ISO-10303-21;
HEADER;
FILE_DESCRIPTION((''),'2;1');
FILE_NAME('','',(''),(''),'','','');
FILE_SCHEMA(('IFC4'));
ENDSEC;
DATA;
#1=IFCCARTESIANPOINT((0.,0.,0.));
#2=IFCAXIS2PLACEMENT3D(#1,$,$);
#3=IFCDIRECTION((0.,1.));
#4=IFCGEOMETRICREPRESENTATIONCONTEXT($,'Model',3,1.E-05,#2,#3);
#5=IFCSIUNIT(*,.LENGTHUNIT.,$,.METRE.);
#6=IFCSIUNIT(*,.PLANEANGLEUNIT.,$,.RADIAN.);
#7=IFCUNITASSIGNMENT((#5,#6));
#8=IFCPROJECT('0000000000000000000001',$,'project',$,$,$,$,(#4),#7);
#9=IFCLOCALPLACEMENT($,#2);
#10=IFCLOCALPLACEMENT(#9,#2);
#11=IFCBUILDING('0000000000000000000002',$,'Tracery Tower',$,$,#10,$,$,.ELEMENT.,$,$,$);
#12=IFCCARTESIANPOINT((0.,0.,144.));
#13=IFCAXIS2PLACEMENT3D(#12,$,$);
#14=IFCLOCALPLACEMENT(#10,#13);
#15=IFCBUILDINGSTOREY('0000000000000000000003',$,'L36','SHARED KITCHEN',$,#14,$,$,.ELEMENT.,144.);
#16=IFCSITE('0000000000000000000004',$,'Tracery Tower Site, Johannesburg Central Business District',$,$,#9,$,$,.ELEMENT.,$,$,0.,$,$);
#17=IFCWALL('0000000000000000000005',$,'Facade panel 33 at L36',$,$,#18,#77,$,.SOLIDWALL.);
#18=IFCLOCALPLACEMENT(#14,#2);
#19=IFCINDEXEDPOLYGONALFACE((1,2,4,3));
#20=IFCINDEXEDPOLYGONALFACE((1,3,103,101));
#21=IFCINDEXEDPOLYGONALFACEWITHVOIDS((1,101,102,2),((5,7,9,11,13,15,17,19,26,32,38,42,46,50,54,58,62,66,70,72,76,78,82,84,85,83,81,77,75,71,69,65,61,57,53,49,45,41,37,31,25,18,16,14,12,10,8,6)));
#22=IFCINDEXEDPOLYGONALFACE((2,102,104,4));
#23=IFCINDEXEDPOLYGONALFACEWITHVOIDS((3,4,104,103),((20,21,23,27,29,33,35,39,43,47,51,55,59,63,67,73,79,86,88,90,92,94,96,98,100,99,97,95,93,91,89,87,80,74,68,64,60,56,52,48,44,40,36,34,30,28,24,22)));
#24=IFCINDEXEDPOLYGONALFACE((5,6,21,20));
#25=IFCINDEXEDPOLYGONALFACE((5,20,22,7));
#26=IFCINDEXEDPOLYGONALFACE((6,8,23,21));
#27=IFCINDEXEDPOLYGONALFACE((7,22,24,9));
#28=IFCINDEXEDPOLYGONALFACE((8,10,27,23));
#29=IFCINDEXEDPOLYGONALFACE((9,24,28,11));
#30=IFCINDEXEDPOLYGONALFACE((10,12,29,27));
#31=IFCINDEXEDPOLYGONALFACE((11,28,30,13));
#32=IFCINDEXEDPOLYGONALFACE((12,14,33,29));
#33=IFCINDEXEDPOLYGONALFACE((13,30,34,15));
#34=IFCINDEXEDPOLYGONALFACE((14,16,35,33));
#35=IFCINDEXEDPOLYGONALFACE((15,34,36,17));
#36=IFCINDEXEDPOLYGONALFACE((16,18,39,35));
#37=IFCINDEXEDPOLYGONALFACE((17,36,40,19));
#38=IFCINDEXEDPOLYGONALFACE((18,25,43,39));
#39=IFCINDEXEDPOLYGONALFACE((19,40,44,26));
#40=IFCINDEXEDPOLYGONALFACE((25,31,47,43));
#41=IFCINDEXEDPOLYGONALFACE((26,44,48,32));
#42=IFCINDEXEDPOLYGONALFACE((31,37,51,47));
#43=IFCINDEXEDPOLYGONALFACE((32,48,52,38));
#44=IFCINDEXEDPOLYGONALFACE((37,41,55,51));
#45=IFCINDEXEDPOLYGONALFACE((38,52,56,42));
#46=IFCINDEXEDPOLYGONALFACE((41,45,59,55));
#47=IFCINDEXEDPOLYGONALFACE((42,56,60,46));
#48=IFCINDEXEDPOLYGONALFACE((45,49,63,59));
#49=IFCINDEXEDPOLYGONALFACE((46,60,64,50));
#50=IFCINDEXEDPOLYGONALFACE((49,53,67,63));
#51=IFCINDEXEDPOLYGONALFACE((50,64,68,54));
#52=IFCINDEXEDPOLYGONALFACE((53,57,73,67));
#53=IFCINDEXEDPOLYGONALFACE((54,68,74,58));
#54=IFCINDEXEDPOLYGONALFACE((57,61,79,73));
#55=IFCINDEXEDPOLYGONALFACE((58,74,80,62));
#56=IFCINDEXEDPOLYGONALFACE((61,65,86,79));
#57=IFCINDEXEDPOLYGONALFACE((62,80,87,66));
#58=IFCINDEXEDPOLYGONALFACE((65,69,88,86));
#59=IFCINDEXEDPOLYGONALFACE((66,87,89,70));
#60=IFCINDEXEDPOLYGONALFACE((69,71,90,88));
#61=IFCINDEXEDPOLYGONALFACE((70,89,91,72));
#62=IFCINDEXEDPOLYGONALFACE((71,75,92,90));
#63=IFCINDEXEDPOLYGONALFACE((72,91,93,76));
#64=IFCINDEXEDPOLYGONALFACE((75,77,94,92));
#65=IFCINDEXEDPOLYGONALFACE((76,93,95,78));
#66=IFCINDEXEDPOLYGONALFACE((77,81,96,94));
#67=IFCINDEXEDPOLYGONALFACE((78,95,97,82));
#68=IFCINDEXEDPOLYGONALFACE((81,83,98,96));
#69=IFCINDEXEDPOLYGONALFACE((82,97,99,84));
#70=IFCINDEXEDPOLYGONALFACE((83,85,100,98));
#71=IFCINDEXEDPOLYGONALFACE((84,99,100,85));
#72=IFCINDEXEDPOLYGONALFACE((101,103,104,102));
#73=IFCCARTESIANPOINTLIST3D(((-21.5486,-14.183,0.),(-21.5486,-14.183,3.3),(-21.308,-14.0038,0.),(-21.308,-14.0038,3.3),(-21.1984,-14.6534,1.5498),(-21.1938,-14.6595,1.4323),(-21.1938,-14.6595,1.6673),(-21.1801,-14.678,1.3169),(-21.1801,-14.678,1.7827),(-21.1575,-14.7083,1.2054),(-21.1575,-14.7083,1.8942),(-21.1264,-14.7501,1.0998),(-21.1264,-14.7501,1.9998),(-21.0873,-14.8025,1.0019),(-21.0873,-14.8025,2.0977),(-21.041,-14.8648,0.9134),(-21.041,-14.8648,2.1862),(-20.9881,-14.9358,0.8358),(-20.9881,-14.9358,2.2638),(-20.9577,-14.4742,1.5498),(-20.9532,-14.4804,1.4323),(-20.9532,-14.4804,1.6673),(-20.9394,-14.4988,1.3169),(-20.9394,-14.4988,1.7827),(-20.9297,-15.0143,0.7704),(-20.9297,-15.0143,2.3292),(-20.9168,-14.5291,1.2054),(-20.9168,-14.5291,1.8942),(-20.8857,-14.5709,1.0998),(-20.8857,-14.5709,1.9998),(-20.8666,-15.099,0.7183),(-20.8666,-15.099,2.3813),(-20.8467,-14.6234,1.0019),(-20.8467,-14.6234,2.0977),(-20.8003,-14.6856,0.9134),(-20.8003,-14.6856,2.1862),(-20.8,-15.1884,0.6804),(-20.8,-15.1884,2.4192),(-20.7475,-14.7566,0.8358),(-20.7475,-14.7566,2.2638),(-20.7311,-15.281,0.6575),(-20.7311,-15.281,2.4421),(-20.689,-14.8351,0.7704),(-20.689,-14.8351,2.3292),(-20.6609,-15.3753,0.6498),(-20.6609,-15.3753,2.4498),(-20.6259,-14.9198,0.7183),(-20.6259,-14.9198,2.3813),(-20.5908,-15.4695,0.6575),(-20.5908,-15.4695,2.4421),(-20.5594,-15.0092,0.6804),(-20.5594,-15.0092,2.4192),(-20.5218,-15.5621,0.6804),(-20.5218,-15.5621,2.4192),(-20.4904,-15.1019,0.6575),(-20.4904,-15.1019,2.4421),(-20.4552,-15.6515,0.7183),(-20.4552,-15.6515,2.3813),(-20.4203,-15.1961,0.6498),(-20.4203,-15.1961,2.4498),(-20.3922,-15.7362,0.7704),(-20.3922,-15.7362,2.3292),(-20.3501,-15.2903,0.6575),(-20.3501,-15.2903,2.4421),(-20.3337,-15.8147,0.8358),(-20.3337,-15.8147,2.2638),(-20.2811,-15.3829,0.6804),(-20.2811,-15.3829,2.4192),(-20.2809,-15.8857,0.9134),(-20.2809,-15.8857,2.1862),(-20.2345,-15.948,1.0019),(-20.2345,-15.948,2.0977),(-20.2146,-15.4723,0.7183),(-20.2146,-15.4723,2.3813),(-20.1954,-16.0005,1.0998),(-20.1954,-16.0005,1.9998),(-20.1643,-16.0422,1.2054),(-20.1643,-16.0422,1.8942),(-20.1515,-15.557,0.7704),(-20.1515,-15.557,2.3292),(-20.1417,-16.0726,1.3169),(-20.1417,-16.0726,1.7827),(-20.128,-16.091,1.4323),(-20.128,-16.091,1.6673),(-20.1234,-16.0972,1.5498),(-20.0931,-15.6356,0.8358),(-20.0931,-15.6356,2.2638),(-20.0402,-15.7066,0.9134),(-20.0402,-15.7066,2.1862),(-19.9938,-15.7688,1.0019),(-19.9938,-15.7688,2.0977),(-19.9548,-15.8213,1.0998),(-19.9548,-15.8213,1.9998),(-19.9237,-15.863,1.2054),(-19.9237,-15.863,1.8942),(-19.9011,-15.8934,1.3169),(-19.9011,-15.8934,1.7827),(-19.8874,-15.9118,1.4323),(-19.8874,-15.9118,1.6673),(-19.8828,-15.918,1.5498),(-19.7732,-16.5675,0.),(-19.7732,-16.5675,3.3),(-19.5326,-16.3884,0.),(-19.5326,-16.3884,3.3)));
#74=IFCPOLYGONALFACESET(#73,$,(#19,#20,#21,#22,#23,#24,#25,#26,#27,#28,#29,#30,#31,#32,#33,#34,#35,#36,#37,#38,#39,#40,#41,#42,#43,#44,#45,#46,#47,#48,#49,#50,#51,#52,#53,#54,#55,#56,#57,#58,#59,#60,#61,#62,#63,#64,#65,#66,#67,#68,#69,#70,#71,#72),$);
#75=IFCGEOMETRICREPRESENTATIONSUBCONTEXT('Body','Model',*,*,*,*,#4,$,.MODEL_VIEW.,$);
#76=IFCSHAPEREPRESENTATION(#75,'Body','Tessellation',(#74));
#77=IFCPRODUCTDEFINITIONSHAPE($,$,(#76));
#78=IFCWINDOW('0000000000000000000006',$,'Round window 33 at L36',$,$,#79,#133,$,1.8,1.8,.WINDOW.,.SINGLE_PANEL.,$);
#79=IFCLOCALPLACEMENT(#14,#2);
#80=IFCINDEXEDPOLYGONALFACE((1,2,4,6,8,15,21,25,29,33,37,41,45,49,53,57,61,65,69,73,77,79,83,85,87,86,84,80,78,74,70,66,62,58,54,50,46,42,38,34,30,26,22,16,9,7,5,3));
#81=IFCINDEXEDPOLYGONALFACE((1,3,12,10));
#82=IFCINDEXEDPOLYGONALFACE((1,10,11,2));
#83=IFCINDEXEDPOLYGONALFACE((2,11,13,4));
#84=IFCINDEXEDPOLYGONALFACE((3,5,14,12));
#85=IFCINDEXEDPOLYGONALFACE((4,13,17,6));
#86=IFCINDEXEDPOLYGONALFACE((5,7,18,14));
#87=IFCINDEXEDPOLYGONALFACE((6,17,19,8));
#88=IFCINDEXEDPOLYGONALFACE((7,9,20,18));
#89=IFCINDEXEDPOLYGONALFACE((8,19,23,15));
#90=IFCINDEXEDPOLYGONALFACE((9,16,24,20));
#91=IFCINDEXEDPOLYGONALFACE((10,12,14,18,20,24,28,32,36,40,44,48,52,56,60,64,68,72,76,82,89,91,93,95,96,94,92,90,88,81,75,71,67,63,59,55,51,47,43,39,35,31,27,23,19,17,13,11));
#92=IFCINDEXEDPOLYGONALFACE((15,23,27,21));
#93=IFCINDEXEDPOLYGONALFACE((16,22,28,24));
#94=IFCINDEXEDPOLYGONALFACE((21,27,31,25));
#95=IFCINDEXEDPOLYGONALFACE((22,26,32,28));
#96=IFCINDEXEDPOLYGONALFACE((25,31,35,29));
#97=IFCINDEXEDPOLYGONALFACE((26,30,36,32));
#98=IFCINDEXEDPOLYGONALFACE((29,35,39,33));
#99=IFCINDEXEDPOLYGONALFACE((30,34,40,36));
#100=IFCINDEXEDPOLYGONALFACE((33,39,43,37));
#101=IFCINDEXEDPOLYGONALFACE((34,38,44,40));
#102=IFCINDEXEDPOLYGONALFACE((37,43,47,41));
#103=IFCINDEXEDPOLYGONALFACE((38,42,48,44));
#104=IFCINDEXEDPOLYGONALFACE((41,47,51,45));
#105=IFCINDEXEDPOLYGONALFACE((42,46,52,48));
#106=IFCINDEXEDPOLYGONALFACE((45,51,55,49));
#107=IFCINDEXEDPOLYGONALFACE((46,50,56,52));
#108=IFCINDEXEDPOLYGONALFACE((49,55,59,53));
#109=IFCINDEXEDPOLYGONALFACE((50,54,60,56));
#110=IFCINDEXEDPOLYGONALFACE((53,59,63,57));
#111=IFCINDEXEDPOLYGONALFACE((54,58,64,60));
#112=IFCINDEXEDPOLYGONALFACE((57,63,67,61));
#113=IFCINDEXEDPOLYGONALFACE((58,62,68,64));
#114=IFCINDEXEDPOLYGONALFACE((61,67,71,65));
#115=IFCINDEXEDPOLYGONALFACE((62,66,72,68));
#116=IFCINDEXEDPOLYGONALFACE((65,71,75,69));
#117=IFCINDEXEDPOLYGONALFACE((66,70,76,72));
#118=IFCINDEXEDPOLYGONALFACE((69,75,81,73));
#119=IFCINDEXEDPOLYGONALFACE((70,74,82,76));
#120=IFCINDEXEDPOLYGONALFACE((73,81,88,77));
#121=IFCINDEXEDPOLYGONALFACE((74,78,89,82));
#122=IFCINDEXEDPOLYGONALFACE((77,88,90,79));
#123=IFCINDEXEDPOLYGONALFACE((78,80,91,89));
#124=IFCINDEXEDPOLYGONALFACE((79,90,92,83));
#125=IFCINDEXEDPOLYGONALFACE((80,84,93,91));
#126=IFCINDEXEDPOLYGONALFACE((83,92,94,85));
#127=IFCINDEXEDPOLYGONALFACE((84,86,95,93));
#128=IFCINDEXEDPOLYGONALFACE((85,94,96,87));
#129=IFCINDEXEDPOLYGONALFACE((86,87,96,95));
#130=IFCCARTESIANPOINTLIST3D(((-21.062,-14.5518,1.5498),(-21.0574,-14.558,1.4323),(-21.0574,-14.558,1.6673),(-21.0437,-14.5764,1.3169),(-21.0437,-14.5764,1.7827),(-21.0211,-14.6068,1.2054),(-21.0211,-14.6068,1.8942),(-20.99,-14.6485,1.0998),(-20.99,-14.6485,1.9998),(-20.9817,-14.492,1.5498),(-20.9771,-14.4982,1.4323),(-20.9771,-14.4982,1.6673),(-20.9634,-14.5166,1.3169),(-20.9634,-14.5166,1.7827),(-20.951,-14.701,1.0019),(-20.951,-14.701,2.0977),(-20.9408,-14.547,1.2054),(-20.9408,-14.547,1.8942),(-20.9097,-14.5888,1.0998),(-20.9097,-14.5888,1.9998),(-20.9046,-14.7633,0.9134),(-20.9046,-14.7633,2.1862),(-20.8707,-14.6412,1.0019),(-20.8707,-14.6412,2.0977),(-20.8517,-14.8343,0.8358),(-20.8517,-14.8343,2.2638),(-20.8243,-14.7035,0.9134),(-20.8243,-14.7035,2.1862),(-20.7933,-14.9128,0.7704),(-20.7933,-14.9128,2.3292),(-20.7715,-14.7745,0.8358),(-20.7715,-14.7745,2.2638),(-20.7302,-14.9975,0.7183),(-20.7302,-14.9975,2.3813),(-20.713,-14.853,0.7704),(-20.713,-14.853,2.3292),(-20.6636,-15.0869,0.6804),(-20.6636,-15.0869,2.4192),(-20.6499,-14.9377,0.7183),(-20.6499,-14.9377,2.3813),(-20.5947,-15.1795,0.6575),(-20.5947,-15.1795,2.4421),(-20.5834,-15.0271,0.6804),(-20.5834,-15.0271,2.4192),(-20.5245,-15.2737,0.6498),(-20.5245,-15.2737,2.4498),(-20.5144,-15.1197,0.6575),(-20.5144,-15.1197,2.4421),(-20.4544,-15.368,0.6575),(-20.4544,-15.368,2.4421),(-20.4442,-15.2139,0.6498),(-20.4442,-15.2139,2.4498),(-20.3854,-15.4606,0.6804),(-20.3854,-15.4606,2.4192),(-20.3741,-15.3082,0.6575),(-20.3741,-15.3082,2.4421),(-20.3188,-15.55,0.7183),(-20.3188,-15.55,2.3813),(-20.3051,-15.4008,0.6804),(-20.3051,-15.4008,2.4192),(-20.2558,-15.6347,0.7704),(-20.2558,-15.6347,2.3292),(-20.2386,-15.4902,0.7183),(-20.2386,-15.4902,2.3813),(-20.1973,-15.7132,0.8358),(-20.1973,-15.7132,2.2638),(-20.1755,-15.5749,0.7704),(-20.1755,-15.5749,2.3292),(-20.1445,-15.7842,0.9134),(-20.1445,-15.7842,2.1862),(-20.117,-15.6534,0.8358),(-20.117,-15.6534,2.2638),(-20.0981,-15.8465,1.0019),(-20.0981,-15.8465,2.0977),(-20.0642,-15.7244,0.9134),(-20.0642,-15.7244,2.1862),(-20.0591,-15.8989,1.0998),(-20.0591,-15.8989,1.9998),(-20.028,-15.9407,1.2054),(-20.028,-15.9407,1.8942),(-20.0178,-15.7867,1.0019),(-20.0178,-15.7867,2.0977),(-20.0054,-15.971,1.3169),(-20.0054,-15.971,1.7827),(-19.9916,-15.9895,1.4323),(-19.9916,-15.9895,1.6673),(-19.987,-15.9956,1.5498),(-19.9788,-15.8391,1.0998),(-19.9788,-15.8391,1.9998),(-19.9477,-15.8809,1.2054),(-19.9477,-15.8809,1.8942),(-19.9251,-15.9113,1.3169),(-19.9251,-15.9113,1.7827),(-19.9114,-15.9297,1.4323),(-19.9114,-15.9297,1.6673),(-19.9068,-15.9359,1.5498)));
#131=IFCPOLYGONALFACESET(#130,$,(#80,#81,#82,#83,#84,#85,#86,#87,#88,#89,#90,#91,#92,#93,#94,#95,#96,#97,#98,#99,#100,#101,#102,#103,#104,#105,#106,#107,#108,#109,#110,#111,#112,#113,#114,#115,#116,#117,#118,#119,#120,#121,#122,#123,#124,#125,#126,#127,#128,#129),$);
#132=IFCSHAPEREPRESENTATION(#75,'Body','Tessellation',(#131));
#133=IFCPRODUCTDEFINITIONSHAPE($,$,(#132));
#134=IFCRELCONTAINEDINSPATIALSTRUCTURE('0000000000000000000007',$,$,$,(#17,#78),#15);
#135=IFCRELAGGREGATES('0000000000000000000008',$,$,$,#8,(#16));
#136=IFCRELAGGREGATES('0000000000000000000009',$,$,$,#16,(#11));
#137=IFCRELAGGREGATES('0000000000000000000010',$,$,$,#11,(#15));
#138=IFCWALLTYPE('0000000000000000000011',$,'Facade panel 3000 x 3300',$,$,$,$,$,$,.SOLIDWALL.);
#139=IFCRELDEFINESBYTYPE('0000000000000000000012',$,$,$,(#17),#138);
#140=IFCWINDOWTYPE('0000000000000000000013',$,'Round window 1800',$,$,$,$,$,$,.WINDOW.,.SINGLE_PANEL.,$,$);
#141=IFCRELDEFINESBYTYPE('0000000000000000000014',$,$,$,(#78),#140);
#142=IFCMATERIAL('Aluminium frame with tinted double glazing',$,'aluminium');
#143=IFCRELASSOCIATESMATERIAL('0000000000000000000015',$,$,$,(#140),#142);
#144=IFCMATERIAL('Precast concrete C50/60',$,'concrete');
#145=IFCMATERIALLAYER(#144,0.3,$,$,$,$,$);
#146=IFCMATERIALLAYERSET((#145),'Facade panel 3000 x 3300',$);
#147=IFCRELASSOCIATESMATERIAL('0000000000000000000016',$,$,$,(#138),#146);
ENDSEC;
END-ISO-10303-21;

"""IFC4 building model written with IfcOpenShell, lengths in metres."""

from ifc_helpers import new_model, si_unit, direction, frame, frame_2d, origin, origin_2d, place, context, subcontext, project, spatial, rectangle, circle, extrude, material, layer, layer_set, type_object, element, fill, save


model = new_model("IFC4")

# Units and contexts
model_context = context("Model", 3, precision=1e-05, world=origin(), true_north=direction((0.0, 1.0)))
body_context = subcontext(model_context, "Body", "Model", "MODEL_VIEW")
ifc_project = project(units=[si_unit("LENGTHUNIT", "METRE"), si_unit("PLANEANGLEUNIT", "RADIAN")], contexts=[model_context])

# Site, building, storey
site_placement = place(None, origin())
site = spatial("IfcSite", under=ifc_project, at=site_placement, Name="Tracery Tower Site, Johannesburg Central Business District", CompositionType="ELEMENT", RefElevation=0.0)
building_placement = place(site_placement, origin())
building = spatial("IfcBuilding", under=site, at=building_placement, Name="Tracery Tower", CompositionType="ELEMENT")
storey_placement = place(building_placement, frame((0.0, 0.0, 144.0)))
storey = spatial("IfcBuildingStorey", under=building, at=storey_placement, Name="L36", Description="SHARED KITCHEN", CompositionType="ELEMENT", Elevation=144.0)

# Wall, opening, window
ifc_material_1 = material(Name="Aluminium frame with tinted double glazing", Category="aluminium")
window_type = type_object("IfcWindowType", Name="Round window 1800", PartitioningType="SINGLE_PANEL", PredefinedType="WINDOW", material=ifc_material_1)
ifc_material_2 = material(Name="Precast concrete C50/60", Category="concrete")
ifc_layer_1 = layer(ifc_material_2, 0.3)
ifc_layer_set_1 = layer_set([ifc_layer_1], Name="Facade panel 3000 x 3300")
wall_type_1 = type_object("IfcWallType", Name="Facade panel 3000 x 3300", PredefinedType="SOLIDWALL", material=ifc_layer_set_1)
wall_1_placement = place(storey_placement, frame((-21.4282, -14.0935, 0.0), z_axis=(0.0, 0.0, 1.0), x_axis=(0.597198, -0.802094, 0.0)))
wall_1 = element("IfcWall", 1, at=wall_1_placement, inside=storey, type_object=wall_type_1, Name="Facade panel 33 at L36", PredefinedType="SOLIDWALL", context=body_context, shape_type="SweptSolid", body=[
    extrude(rectangle(XDim=2.9729, YDim=0.3, at=frame_2d((1.4863, 0.0))), origin(), (0.0, 0.0, 1.0), 3.3),
])
opening_1_placement = place(wall_1_placement, frame((1.4863, 0.0, 1.5498)))
opening_1 = element("IfcOpeningElement", 2, at=opening_1_placement, cuts=wall_1, PredefinedType="OPENING", context=body_context, shape_type="SweptSolid", body=[
    extrude(circle(Radius=0.9, at=origin_2d()), frame((0.0, 0.1599, 0.0), z_axis=(0.0, -1.0, 0.0), x_axis=(1.0, 0.0, 0.0)), (0.0, 0.0, 1.0), 0.3201),
])
window_1_placement = place(opening_1_placement, origin())
window_1 = element("IfcWindow", 3, at=window_1_placement, inside=storey, type_object=window_type, Name="Round window 33 at L36", OverallHeight=1.8, OverallWidth=1.8, PartitioningType="SINGLE_PANEL", PredefinedType="WINDOW", context=body_context, shape_type="SweptSolid", body=[
    extrude(circle(Radius=0.9, at=origin_2d()), frame((0.0, 0.1201, 0.0), z_axis=(0.0, -1.0, 0.0), x_axis=(1.0, 0.0, 0.0)), (0.0, 0.0, 1.0), 0.1001),
])
fill(opening_1, window_1)

save(model, "model.ifc")
